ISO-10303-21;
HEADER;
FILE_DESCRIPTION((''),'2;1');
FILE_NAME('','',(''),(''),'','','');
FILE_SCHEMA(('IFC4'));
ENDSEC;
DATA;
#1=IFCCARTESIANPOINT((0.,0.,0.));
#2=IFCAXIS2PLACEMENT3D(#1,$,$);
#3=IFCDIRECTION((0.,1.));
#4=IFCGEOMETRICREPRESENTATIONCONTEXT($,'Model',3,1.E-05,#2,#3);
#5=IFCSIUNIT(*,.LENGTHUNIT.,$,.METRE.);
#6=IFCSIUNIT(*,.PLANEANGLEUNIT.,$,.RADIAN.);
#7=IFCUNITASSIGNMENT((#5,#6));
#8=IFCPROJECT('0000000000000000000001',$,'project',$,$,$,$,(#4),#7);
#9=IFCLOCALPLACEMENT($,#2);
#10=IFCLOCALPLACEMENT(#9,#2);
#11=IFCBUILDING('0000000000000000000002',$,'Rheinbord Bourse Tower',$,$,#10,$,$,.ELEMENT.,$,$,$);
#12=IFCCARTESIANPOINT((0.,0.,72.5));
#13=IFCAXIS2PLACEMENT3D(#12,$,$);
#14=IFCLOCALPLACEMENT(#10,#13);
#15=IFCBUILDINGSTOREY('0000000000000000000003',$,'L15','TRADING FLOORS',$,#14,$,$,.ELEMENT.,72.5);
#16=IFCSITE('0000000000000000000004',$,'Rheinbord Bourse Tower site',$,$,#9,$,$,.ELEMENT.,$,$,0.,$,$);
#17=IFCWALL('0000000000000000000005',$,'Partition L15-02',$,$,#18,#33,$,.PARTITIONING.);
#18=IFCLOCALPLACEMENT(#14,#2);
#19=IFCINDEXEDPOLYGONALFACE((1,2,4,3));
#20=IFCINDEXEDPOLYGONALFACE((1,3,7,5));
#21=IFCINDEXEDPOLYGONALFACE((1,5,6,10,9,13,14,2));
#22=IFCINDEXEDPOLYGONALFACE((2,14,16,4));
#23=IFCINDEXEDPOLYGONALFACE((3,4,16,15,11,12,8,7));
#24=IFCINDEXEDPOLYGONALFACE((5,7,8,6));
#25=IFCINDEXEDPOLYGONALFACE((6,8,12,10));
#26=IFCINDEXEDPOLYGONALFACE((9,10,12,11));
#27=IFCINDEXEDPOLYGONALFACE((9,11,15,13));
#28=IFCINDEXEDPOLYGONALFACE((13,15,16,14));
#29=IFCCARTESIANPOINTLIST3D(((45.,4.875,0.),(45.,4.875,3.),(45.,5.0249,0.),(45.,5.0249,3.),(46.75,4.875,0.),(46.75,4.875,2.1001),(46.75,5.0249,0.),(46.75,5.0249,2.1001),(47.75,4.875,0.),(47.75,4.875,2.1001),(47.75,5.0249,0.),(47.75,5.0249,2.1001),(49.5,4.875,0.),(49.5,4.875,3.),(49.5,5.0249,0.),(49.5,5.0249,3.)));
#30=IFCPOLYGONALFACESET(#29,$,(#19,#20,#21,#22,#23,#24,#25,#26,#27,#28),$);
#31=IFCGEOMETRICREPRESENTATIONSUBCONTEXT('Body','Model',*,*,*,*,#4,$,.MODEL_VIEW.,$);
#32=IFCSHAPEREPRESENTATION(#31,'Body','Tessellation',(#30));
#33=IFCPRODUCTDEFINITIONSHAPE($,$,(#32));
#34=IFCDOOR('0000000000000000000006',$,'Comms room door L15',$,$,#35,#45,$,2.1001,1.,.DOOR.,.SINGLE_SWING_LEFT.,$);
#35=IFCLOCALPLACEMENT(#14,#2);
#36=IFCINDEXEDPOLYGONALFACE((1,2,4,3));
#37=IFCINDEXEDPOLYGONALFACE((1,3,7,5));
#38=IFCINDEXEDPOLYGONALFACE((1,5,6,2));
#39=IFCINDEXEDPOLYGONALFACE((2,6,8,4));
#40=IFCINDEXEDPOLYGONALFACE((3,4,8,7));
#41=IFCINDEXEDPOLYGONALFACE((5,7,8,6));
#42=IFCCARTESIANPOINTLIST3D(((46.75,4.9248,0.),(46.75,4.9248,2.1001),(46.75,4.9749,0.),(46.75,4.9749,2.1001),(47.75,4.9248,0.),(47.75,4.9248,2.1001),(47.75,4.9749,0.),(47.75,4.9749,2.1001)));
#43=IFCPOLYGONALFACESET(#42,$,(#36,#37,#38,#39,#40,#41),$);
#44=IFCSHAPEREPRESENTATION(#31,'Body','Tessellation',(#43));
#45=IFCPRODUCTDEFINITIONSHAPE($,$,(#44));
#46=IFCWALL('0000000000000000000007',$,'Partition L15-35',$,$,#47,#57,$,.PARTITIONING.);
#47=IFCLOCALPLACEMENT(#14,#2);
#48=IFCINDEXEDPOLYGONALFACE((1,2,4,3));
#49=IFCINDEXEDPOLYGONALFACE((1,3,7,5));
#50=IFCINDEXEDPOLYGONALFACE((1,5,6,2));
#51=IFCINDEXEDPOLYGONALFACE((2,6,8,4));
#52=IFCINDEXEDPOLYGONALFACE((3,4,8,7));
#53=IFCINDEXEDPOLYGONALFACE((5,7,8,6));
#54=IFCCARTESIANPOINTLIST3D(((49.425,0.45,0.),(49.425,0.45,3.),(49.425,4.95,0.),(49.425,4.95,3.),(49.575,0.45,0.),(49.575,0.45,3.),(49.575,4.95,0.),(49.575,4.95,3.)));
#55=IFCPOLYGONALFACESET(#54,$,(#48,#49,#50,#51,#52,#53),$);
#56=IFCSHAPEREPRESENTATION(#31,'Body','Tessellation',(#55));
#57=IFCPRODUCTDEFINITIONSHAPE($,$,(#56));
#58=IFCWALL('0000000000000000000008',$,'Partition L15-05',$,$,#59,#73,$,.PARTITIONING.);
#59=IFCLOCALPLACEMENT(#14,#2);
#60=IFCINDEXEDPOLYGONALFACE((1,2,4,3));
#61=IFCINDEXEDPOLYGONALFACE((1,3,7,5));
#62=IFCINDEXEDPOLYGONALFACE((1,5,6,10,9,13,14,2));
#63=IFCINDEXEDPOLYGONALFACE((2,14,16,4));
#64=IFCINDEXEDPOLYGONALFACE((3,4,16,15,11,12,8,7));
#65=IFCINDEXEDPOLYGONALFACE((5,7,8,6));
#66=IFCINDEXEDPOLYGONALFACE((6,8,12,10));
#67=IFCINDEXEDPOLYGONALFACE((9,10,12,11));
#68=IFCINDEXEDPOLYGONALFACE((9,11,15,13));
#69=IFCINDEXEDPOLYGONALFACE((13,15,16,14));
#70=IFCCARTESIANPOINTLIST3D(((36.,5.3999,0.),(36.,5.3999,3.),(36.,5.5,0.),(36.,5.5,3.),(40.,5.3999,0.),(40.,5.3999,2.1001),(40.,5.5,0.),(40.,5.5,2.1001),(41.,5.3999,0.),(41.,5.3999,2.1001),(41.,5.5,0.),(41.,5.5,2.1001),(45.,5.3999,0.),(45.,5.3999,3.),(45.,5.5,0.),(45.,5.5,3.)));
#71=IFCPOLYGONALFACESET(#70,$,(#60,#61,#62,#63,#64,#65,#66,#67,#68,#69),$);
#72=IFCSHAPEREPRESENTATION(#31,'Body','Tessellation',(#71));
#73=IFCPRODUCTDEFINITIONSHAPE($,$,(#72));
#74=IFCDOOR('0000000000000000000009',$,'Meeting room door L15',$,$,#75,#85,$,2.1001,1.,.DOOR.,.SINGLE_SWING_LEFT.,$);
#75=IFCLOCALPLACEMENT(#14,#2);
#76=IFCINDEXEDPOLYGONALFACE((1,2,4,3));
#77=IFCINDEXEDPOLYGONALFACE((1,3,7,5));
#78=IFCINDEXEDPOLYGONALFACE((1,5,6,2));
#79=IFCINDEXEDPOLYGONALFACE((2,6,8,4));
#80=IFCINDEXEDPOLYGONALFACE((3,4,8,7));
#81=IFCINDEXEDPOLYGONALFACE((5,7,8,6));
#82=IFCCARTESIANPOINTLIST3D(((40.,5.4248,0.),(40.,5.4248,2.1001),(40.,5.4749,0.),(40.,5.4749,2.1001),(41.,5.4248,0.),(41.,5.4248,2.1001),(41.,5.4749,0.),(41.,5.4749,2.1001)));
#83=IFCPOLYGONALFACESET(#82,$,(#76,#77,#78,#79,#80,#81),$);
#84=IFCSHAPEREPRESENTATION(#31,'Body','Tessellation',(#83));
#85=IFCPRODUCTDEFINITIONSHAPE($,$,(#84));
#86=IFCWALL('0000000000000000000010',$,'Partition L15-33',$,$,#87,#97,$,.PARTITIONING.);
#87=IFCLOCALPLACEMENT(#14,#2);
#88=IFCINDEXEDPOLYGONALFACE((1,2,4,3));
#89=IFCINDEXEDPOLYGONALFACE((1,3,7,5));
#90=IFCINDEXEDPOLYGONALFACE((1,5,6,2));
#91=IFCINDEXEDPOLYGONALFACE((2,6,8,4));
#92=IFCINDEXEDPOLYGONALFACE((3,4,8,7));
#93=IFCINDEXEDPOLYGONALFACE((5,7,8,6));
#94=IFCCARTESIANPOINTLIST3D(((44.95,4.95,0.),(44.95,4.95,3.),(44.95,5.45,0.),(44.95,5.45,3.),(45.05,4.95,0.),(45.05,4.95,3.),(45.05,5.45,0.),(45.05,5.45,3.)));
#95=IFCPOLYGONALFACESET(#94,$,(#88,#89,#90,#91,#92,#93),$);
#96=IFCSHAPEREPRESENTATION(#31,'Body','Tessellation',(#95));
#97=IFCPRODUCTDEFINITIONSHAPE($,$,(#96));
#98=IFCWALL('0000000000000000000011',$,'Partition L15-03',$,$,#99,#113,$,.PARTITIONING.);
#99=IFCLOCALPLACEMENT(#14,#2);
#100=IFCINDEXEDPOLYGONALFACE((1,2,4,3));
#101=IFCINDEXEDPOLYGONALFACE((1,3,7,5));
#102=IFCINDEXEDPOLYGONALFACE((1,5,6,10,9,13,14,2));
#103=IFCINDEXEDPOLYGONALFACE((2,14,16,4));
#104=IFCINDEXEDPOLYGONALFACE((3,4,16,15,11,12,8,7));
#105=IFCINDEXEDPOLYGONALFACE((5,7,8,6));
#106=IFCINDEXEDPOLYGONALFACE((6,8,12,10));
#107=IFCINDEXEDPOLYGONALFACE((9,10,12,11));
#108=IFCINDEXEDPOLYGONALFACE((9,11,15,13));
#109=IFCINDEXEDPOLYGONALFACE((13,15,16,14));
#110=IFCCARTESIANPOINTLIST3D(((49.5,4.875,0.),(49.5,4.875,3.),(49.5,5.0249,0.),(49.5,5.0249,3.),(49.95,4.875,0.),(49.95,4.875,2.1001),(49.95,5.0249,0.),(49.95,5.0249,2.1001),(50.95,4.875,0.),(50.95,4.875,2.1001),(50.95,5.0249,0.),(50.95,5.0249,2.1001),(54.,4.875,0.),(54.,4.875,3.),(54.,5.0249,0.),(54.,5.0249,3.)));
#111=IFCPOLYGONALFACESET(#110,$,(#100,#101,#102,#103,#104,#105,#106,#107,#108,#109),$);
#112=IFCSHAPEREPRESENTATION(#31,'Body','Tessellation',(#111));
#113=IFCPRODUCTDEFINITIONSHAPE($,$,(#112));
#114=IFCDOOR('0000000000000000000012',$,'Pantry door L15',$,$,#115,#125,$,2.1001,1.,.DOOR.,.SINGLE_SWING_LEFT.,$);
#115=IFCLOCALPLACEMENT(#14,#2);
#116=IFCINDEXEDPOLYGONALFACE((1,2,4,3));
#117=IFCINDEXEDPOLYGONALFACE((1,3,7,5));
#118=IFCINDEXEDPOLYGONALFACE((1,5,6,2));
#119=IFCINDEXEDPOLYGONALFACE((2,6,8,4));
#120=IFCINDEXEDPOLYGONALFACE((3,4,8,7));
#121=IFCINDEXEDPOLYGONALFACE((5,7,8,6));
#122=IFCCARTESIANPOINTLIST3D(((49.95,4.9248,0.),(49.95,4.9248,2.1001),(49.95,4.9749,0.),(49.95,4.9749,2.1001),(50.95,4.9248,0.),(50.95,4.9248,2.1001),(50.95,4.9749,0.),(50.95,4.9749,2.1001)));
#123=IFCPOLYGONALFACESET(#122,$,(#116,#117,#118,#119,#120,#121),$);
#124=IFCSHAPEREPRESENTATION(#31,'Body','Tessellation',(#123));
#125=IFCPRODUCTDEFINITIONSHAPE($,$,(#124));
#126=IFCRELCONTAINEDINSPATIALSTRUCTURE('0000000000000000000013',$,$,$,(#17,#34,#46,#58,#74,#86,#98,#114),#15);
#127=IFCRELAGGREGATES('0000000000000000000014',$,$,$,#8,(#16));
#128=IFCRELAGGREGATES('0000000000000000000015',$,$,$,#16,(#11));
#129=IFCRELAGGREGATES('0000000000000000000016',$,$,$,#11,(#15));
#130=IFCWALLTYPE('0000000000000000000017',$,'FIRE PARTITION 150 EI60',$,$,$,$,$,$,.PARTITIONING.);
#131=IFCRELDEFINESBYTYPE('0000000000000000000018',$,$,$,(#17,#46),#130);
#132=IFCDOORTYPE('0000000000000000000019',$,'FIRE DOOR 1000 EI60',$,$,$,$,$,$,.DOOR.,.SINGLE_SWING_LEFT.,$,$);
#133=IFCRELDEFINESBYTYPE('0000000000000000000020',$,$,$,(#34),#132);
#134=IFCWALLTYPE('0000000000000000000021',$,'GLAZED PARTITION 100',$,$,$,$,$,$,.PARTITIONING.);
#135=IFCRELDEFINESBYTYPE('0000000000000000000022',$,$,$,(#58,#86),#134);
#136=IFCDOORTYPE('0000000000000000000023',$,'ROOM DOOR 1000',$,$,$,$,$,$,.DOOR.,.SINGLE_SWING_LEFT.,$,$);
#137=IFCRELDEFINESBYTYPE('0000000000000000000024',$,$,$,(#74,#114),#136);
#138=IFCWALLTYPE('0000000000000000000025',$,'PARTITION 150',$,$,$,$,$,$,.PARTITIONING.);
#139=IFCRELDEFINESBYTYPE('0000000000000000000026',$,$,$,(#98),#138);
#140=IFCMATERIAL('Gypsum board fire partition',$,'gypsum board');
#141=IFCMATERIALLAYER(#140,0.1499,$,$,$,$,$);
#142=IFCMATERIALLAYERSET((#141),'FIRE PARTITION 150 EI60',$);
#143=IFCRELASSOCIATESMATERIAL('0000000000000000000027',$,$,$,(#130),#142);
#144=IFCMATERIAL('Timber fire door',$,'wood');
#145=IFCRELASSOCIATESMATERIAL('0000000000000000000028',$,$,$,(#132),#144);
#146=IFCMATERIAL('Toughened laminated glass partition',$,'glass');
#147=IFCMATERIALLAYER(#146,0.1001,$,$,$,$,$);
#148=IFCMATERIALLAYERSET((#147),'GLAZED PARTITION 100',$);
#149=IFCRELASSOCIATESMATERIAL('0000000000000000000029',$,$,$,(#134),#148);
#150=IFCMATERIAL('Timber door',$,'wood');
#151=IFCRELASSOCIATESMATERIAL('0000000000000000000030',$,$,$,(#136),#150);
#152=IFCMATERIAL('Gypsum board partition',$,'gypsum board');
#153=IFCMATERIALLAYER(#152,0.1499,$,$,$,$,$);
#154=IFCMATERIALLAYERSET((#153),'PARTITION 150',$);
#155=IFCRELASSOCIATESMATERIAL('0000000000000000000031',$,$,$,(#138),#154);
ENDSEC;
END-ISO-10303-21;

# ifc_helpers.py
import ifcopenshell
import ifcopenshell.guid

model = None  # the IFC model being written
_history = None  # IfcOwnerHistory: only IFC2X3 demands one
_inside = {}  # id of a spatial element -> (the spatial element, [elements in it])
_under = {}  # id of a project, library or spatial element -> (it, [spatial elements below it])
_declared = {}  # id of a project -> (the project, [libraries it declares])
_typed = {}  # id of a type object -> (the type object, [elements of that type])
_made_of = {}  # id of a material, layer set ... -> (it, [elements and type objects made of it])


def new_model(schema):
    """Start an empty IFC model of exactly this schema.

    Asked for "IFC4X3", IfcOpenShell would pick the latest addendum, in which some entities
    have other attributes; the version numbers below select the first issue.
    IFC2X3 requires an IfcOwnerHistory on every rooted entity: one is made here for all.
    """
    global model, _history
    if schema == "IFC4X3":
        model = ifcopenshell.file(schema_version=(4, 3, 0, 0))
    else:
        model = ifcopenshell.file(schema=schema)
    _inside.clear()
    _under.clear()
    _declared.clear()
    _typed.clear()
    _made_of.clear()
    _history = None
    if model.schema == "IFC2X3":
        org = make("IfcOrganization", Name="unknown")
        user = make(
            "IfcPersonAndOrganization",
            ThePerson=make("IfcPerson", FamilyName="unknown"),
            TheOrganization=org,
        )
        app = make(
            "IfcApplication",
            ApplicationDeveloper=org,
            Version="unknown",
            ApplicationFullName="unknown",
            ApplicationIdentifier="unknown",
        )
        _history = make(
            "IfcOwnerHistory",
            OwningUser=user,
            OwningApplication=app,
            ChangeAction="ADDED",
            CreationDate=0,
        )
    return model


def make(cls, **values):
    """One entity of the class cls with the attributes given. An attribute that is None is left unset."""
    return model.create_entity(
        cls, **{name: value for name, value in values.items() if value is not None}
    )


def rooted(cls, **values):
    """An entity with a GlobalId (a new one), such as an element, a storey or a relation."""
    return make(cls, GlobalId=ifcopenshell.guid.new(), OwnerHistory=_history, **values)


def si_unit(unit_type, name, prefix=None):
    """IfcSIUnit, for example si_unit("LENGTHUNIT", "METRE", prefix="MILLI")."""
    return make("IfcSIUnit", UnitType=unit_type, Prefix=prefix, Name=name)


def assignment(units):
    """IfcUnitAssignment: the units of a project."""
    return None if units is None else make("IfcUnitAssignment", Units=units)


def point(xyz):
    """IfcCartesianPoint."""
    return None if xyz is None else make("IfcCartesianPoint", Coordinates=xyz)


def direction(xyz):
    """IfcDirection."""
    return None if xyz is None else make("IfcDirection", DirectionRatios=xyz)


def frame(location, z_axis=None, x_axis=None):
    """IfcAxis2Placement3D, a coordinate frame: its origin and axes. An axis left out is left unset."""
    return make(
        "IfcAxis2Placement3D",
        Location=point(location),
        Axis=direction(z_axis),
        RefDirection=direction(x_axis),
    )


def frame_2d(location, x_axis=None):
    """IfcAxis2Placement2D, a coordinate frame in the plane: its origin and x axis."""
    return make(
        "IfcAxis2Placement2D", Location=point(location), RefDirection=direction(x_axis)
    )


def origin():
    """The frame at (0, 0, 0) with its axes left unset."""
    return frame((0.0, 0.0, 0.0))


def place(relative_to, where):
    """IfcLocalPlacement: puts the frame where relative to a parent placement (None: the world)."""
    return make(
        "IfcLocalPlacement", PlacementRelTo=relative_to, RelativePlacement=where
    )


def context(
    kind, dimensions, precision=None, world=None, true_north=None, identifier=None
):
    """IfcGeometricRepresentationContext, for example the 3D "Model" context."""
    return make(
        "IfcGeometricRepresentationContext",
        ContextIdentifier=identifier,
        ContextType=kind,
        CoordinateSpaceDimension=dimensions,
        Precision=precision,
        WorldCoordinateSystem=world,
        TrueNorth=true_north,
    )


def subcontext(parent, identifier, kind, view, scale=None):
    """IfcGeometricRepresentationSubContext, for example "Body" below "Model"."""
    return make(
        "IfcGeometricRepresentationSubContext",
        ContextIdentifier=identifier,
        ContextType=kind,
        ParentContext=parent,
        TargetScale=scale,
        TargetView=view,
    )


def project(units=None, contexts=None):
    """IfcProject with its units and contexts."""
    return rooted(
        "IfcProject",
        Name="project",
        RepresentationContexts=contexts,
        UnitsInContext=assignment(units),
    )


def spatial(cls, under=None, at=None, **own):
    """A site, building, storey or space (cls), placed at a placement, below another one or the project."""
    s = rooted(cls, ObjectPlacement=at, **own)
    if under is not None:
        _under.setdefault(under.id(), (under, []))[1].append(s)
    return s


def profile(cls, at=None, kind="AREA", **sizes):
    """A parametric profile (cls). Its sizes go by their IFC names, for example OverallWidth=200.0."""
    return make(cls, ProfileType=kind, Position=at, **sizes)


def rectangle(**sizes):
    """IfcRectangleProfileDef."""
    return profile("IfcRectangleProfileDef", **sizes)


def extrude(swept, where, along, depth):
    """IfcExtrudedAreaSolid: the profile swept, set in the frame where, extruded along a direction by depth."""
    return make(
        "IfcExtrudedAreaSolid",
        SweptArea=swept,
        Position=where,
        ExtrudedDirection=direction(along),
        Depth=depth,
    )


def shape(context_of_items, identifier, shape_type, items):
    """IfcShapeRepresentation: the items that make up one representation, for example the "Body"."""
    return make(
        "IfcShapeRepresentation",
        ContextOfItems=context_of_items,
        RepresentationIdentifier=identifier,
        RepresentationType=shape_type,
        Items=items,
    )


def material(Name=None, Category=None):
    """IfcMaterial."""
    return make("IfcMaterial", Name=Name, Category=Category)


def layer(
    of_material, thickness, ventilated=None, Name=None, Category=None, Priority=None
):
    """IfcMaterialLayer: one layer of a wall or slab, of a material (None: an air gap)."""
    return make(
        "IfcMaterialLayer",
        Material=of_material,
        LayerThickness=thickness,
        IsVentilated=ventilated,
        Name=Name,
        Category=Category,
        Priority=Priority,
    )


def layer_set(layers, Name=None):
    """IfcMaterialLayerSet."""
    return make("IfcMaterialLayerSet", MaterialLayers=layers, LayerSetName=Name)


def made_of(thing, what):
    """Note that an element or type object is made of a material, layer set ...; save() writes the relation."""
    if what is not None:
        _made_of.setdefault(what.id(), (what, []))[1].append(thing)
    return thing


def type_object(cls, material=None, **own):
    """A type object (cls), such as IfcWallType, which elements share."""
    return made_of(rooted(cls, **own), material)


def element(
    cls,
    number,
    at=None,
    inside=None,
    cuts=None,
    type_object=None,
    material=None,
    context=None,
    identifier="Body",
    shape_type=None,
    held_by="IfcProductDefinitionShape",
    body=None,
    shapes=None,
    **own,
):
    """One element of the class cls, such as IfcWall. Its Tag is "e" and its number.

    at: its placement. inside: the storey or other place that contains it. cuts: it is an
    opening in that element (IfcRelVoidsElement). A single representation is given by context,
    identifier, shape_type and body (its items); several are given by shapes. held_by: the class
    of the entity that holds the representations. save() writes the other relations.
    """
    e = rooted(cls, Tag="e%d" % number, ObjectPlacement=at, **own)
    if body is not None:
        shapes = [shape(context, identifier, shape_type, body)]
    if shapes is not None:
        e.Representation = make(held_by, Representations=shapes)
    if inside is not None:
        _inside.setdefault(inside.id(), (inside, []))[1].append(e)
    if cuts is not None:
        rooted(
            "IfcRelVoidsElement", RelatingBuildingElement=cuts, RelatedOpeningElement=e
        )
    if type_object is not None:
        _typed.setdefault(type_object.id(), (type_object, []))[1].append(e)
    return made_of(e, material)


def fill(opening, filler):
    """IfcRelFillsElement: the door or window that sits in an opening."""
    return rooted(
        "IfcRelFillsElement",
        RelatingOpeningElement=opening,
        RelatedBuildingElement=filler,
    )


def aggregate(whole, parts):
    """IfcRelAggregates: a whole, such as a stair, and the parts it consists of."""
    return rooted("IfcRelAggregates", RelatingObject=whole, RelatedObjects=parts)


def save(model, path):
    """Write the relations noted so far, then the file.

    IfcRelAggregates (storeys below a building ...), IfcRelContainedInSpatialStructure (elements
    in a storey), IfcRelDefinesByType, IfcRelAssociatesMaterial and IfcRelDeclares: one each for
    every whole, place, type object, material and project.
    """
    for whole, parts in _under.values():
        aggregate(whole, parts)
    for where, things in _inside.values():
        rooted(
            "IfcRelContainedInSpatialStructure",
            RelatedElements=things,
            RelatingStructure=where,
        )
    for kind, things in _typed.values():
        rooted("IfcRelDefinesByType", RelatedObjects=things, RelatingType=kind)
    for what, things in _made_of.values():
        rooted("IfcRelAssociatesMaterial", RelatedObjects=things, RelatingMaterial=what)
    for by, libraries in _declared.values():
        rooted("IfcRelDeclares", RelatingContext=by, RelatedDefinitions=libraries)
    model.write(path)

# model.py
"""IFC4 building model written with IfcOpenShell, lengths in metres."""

from ifc_helpers import new_model, si_unit, direction, frame, frame_2d, origin, place, context, subcontext, project, spatial, rectangle, extrude, material, layer, layer_set, type_object, element, fill, save


model = new_model("IFC4")

# Units and contexts
model_context = context("Model", 3, precision=1e-05, world=origin(), true_north=direction((0.0, 1.0)))
body_context = subcontext(model_context, "Body", "Model", "MODEL_VIEW")
ifc_project = project(units=[si_unit("LENGTHUNIT", "METRE"), si_unit("PLANEANGLEUNIT", "RADIAN")], contexts=[model_context])

# Site, building, storey
site_placement = place(None, origin())
site = spatial("IfcSite", under=ifc_project, at=site_placement, Name="Rheinbord Bourse Tower site", CompositionType="ELEMENT", RefElevation=0.0)
building_placement = place(site_placement, origin())
building = spatial("IfcBuilding", under=site, at=building_placement, Name="Rheinbord Bourse Tower", CompositionType="ELEMENT")
storey_placement = place(building_placement, frame((0.0, 0.0, 72.5)))
storey = spatial("IfcBuildingStorey", under=building, at=storey_placement, Name="L15", Description="TRADING FLOORS", CompositionType="ELEMENT", Elevation=72.5)

# Wall, opening, door
ifc_material_1 = material(Name="Gypsum board fire partition", Category="gypsum board")
ifc_layer_1 = layer(ifc_material_1, 0.1499)
ifc_layer_set_1 = layer_set([ifc_layer_1], Name="FIRE PARTITION 150 EI60")
wall_type_1 = type_object("IfcWallType", Name="FIRE PARTITION 150 EI60", PredefinedType="PARTITIONING", material=ifc_layer_set_1)
wall_1_placement = place(storey_placement, frame((45.0, 4.95, 0.0), z_axis=(0.0, 0.0, 1.0), x_axis=(1.0, 0.0, 0.0)))
wall_1 = element("IfcWall", 1, at=wall_1_placement, inside=storey, type_object=wall_type_1, Name="Partition L15-02", PredefinedType="PARTITIONING", context=body_context, shape_type="SweptSolid", body=[
    extrude(rectangle(XDim=4.5, YDim=0.1499, at=frame_2d((2.25, 0.0))), origin(), (0.0, 0.0, 1.0), 3.0),
])
opening_1_placement = place(wall_1_placement, frame((1.75, 0.0, 0.0)))
opening_1 = element("IfcOpeningElement", 2, at=opening_1_placement, cuts=wall_1, PredefinedType="OPENING", context=body_context, shape_type="SweptSolid", body=[
    extrude(rectangle(XDim=1.0, YDim=2.1001, at=frame_2d((0.5, 1.05))), frame((0.0, 0.085, 0.0), z_axis=(0.0, -1.0, 0.0), x_axis=(1.0, 0.0, 0.0)), (0.0, 0.0, 1.0), 0.1699),
])
ifc_material_2 = material(Name="Timber fire door", Category="wood")
door_type_1 = type_object("IfcDoorType", Name="FIRE DOOR 1000 EI60", OperationType="SINGLE_SWING_LEFT", PredefinedType="DOOR", material=ifc_material_2)
door_1_placement = place(opening_1_placement, origin())
door_1 = element("IfcDoor", 3, at=door_1_placement, inside=storey, type_object=door_type_1, Name="Comms room door L15", OperationType="SINGLE_SWING_LEFT", OverallHeight=2.1001, OverallWidth=1.0, PredefinedType="DOOR", context=body_context, shape_type="SweptSolid", body=[
    extrude(rectangle(XDim=1.0, YDim=2.1001, at=frame_2d((0.5, 1.05))), frame((0.0, 0.0249, 0.0), z_axis=(0.0, -1.0, 0.0), x_axis=(1.0, 0.0, 0.0)), (0.0, 0.0, 1.0), 0.05),
])
fill(opening_1, door_1)

# Wall
wall_2_placement = place(storey_placement, frame((49.5, 0.45, 0.0), z_axis=(0.0, 0.0, 1.0), x_axis=(0.0, 1.0, 0.0)))
element("IfcWall", 4, at=wall_2_placement, inside=storey, type_object=wall_type_1, Name="Partition L15-35", PredefinedType="PARTITIONING", context=body_context, shape_type="SweptSolid", body=[
    extrude(rectangle(XDim=4.5, YDim=0.1499, at=frame_2d((2.25, 0.0))), origin(), (0.0, 0.0, 1.0), 3.0),
])

# Wall, opening, door
ifc_material_3 = material(Name="Toughened laminated glass partition", Category="glass")
ifc_layer_2 = layer(ifc_material_3, 0.1001)
ifc_layer_set_2 = layer_set([ifc_layer_2], Name="GLAZED PARTITION 100")
wall_type_2 = type_object("IfcWallType", Name="GLAZED PARTITION 100", PredefinedType="PARTITIONING", material=ifc_layer_set_2)
wall_3_placement = place(storey_placement, frame((36.0, 5.45, 0.0), z_axis=(0.0, 0.0, 1.0), x_axis=(1.0, 0.0, 0.0)))
wall_3 = element("IfcWall", 5, at=wall_3_placement, inside=storey, type_object=wall_type_2, Name="Partition L15-05", PredefinedType="PARTITIONING", context=body_context, shape_type="SweptSolid", body=[
    extrude(rectangle(XDim=9.0, YDim=0.1001, at=frame_2d((4.5, 0.0))), origin(), (0.0, 0.0, 1.0), 3.0),
])
opening_2_placement = place(wall_3_placement, frame((4.0, 0.0, 0.0)))
opening_2 = element("IfcOpeningElement", 6, at=opening_2_placement, cuts=wall_3, PredefinedType="OPENING", context=body_context, shape_type="SweptSolid", body=[
    extrude(rectangle(XDim=1.0, YDim=2.1001, at=frame_2d((0.5, 1.05))), frame((0.0, 0.0601, 0.0), z_axis=(0.0, -1.0, 0.0), x_axis=(1.0, 0.0, 0.0)), (0.0, 0.0, 1.0), 0.1201),
])
ifc_material_4 = material(Name="Timber door", Category="wood")
door_type_2 = type_object("IfcDoorType", Name="ROOM DOOR 1000", OperationType="SINGLE_SWING_LEFT", PredefinedType="DOOR", material=ifc_material_4)
door_2_placement = place(opening_2_placement, origin())
door_2 = element("IfcDoor", 7, at=door_2_placement, inside=storey, type_object=door_type_2, Name="Meeting room door L15", OperationType="SINGLE_SWING_LEFT", OverallHeight=2.1001, OverallWidth=1.0, PredefinedType="DOOR", context=body_context, shape_type="SweptSolid", body=[
    extrude(rectangle(XDim=1.0, YDim=2.1001, at=frame_2d((0.5, 1.05))), frame((0.0, 0.0249, 0.0), z_axis=(0.0, -1.0, 0.0), x_axis=(1.0, 0.0, 0.0)), (0.0, 0.0, 1.0), 0.05),
])
fill(opening_2, door_2)

# Wall
wall_4_placement = place(storey_placement, frame((45.0, 4.95, 0.0), z_axis=(0.0, 0.0, 1.0), x_axis=(0.0, 1.0, 0.0)))
element("IfcWall", 8, at=wall_4_placement, inside=storey, type_object=wall_type_2, Name="Partition L15-33", PredefinedType="PARTITIONING", context=body_context, shape_type="SweptSolid", body=[
    extrude(rectangle(XDim=0.5, YDim=0.1001, at=frame_2d((0.25, 0.0))), origin(), (0.0, 0.0, 1.0), 3.0),
])

# Wall, opening, door
ifc_material_5 = material(Name="Gypsum board partition", Category="gypsum board")
ifc_layer_3 = layer(ifc_material_5, 0.1499)
ifc_layer_set_3 = layer_set([ifc_layer_3], Name="PARTITION 150")
wall_type_3 = type_object("IfcWallType", Name="PARTITION 150", PredefinedType="PARTITIONING", material=ifc_layer_set_3)
wall_5_placement = place(storey_placement, frame((49.5, 4.95, 0.0), z_axis=(0.0, 0.0, 1.0), x_axis=(1.0, 0.0, 0.0)))
wall_5 = element("IfcWall", 9, at=wall_5_placement, inside=storey, type_object=wall_type_3, Name="Partition L15-03", PredefinedType="PARTITIONING", context=body_context, shape_type="SweptSolid", body=[
    extrude(rectangle(XDim=4.5, YDim=0.1499, at=frame_2d((2.25, 0.0))), origin(), (0.0, 0.0, 1.0), 3.0),
])
opening_3_placement = place(wall_5_placement, frame((0.45, 0.0, 0.0)))
opening_3 = element("IfcOpeningElement", 10, at=opening_3_placement, cuts=wall_5, PredefinedType="OPENING", context=body_context, shape_type="SweptSolid", body=[
    extrude(rectangle(XDim=1.0, YDim=2.1001, at=frame_2d((0.5, 1.05))), frame((0.0, 0.085, 0.0), z_axis=(0.0, -1.0, 0.0), x_axis=(1.0, 0.0, 0.0)), (0.0, 0.0, 1.0), 0.1699),
])
door_3_placement = place(opening_3_placement, origin())
door_3 = element("IfcDoor", 11, at=door_3_placement, inside=storey, type_object=door_type_2, Name="Pantry door L15", OperationType="SINGLE_SWING_LEFT", OverallHeight=2.1001, OverallWidth=1.0, PredefinedType="DOOR", context=body_context, shape_type="SweptSolid", body=[
    extrude(rectangle(XDim=1.0, YDim=2.1001, at=frame_2d((0.5, 1.05))), frame((0.0, 0.0249, 0.0), z_axis=(0.0, -1.0, 0.0), x_axis=(1.0, 0.0, 0.0)), (0.0, 0.0, 1.0), 0.05),
])
fill(opening_3, door_3)

save(model, "model.ifc")
